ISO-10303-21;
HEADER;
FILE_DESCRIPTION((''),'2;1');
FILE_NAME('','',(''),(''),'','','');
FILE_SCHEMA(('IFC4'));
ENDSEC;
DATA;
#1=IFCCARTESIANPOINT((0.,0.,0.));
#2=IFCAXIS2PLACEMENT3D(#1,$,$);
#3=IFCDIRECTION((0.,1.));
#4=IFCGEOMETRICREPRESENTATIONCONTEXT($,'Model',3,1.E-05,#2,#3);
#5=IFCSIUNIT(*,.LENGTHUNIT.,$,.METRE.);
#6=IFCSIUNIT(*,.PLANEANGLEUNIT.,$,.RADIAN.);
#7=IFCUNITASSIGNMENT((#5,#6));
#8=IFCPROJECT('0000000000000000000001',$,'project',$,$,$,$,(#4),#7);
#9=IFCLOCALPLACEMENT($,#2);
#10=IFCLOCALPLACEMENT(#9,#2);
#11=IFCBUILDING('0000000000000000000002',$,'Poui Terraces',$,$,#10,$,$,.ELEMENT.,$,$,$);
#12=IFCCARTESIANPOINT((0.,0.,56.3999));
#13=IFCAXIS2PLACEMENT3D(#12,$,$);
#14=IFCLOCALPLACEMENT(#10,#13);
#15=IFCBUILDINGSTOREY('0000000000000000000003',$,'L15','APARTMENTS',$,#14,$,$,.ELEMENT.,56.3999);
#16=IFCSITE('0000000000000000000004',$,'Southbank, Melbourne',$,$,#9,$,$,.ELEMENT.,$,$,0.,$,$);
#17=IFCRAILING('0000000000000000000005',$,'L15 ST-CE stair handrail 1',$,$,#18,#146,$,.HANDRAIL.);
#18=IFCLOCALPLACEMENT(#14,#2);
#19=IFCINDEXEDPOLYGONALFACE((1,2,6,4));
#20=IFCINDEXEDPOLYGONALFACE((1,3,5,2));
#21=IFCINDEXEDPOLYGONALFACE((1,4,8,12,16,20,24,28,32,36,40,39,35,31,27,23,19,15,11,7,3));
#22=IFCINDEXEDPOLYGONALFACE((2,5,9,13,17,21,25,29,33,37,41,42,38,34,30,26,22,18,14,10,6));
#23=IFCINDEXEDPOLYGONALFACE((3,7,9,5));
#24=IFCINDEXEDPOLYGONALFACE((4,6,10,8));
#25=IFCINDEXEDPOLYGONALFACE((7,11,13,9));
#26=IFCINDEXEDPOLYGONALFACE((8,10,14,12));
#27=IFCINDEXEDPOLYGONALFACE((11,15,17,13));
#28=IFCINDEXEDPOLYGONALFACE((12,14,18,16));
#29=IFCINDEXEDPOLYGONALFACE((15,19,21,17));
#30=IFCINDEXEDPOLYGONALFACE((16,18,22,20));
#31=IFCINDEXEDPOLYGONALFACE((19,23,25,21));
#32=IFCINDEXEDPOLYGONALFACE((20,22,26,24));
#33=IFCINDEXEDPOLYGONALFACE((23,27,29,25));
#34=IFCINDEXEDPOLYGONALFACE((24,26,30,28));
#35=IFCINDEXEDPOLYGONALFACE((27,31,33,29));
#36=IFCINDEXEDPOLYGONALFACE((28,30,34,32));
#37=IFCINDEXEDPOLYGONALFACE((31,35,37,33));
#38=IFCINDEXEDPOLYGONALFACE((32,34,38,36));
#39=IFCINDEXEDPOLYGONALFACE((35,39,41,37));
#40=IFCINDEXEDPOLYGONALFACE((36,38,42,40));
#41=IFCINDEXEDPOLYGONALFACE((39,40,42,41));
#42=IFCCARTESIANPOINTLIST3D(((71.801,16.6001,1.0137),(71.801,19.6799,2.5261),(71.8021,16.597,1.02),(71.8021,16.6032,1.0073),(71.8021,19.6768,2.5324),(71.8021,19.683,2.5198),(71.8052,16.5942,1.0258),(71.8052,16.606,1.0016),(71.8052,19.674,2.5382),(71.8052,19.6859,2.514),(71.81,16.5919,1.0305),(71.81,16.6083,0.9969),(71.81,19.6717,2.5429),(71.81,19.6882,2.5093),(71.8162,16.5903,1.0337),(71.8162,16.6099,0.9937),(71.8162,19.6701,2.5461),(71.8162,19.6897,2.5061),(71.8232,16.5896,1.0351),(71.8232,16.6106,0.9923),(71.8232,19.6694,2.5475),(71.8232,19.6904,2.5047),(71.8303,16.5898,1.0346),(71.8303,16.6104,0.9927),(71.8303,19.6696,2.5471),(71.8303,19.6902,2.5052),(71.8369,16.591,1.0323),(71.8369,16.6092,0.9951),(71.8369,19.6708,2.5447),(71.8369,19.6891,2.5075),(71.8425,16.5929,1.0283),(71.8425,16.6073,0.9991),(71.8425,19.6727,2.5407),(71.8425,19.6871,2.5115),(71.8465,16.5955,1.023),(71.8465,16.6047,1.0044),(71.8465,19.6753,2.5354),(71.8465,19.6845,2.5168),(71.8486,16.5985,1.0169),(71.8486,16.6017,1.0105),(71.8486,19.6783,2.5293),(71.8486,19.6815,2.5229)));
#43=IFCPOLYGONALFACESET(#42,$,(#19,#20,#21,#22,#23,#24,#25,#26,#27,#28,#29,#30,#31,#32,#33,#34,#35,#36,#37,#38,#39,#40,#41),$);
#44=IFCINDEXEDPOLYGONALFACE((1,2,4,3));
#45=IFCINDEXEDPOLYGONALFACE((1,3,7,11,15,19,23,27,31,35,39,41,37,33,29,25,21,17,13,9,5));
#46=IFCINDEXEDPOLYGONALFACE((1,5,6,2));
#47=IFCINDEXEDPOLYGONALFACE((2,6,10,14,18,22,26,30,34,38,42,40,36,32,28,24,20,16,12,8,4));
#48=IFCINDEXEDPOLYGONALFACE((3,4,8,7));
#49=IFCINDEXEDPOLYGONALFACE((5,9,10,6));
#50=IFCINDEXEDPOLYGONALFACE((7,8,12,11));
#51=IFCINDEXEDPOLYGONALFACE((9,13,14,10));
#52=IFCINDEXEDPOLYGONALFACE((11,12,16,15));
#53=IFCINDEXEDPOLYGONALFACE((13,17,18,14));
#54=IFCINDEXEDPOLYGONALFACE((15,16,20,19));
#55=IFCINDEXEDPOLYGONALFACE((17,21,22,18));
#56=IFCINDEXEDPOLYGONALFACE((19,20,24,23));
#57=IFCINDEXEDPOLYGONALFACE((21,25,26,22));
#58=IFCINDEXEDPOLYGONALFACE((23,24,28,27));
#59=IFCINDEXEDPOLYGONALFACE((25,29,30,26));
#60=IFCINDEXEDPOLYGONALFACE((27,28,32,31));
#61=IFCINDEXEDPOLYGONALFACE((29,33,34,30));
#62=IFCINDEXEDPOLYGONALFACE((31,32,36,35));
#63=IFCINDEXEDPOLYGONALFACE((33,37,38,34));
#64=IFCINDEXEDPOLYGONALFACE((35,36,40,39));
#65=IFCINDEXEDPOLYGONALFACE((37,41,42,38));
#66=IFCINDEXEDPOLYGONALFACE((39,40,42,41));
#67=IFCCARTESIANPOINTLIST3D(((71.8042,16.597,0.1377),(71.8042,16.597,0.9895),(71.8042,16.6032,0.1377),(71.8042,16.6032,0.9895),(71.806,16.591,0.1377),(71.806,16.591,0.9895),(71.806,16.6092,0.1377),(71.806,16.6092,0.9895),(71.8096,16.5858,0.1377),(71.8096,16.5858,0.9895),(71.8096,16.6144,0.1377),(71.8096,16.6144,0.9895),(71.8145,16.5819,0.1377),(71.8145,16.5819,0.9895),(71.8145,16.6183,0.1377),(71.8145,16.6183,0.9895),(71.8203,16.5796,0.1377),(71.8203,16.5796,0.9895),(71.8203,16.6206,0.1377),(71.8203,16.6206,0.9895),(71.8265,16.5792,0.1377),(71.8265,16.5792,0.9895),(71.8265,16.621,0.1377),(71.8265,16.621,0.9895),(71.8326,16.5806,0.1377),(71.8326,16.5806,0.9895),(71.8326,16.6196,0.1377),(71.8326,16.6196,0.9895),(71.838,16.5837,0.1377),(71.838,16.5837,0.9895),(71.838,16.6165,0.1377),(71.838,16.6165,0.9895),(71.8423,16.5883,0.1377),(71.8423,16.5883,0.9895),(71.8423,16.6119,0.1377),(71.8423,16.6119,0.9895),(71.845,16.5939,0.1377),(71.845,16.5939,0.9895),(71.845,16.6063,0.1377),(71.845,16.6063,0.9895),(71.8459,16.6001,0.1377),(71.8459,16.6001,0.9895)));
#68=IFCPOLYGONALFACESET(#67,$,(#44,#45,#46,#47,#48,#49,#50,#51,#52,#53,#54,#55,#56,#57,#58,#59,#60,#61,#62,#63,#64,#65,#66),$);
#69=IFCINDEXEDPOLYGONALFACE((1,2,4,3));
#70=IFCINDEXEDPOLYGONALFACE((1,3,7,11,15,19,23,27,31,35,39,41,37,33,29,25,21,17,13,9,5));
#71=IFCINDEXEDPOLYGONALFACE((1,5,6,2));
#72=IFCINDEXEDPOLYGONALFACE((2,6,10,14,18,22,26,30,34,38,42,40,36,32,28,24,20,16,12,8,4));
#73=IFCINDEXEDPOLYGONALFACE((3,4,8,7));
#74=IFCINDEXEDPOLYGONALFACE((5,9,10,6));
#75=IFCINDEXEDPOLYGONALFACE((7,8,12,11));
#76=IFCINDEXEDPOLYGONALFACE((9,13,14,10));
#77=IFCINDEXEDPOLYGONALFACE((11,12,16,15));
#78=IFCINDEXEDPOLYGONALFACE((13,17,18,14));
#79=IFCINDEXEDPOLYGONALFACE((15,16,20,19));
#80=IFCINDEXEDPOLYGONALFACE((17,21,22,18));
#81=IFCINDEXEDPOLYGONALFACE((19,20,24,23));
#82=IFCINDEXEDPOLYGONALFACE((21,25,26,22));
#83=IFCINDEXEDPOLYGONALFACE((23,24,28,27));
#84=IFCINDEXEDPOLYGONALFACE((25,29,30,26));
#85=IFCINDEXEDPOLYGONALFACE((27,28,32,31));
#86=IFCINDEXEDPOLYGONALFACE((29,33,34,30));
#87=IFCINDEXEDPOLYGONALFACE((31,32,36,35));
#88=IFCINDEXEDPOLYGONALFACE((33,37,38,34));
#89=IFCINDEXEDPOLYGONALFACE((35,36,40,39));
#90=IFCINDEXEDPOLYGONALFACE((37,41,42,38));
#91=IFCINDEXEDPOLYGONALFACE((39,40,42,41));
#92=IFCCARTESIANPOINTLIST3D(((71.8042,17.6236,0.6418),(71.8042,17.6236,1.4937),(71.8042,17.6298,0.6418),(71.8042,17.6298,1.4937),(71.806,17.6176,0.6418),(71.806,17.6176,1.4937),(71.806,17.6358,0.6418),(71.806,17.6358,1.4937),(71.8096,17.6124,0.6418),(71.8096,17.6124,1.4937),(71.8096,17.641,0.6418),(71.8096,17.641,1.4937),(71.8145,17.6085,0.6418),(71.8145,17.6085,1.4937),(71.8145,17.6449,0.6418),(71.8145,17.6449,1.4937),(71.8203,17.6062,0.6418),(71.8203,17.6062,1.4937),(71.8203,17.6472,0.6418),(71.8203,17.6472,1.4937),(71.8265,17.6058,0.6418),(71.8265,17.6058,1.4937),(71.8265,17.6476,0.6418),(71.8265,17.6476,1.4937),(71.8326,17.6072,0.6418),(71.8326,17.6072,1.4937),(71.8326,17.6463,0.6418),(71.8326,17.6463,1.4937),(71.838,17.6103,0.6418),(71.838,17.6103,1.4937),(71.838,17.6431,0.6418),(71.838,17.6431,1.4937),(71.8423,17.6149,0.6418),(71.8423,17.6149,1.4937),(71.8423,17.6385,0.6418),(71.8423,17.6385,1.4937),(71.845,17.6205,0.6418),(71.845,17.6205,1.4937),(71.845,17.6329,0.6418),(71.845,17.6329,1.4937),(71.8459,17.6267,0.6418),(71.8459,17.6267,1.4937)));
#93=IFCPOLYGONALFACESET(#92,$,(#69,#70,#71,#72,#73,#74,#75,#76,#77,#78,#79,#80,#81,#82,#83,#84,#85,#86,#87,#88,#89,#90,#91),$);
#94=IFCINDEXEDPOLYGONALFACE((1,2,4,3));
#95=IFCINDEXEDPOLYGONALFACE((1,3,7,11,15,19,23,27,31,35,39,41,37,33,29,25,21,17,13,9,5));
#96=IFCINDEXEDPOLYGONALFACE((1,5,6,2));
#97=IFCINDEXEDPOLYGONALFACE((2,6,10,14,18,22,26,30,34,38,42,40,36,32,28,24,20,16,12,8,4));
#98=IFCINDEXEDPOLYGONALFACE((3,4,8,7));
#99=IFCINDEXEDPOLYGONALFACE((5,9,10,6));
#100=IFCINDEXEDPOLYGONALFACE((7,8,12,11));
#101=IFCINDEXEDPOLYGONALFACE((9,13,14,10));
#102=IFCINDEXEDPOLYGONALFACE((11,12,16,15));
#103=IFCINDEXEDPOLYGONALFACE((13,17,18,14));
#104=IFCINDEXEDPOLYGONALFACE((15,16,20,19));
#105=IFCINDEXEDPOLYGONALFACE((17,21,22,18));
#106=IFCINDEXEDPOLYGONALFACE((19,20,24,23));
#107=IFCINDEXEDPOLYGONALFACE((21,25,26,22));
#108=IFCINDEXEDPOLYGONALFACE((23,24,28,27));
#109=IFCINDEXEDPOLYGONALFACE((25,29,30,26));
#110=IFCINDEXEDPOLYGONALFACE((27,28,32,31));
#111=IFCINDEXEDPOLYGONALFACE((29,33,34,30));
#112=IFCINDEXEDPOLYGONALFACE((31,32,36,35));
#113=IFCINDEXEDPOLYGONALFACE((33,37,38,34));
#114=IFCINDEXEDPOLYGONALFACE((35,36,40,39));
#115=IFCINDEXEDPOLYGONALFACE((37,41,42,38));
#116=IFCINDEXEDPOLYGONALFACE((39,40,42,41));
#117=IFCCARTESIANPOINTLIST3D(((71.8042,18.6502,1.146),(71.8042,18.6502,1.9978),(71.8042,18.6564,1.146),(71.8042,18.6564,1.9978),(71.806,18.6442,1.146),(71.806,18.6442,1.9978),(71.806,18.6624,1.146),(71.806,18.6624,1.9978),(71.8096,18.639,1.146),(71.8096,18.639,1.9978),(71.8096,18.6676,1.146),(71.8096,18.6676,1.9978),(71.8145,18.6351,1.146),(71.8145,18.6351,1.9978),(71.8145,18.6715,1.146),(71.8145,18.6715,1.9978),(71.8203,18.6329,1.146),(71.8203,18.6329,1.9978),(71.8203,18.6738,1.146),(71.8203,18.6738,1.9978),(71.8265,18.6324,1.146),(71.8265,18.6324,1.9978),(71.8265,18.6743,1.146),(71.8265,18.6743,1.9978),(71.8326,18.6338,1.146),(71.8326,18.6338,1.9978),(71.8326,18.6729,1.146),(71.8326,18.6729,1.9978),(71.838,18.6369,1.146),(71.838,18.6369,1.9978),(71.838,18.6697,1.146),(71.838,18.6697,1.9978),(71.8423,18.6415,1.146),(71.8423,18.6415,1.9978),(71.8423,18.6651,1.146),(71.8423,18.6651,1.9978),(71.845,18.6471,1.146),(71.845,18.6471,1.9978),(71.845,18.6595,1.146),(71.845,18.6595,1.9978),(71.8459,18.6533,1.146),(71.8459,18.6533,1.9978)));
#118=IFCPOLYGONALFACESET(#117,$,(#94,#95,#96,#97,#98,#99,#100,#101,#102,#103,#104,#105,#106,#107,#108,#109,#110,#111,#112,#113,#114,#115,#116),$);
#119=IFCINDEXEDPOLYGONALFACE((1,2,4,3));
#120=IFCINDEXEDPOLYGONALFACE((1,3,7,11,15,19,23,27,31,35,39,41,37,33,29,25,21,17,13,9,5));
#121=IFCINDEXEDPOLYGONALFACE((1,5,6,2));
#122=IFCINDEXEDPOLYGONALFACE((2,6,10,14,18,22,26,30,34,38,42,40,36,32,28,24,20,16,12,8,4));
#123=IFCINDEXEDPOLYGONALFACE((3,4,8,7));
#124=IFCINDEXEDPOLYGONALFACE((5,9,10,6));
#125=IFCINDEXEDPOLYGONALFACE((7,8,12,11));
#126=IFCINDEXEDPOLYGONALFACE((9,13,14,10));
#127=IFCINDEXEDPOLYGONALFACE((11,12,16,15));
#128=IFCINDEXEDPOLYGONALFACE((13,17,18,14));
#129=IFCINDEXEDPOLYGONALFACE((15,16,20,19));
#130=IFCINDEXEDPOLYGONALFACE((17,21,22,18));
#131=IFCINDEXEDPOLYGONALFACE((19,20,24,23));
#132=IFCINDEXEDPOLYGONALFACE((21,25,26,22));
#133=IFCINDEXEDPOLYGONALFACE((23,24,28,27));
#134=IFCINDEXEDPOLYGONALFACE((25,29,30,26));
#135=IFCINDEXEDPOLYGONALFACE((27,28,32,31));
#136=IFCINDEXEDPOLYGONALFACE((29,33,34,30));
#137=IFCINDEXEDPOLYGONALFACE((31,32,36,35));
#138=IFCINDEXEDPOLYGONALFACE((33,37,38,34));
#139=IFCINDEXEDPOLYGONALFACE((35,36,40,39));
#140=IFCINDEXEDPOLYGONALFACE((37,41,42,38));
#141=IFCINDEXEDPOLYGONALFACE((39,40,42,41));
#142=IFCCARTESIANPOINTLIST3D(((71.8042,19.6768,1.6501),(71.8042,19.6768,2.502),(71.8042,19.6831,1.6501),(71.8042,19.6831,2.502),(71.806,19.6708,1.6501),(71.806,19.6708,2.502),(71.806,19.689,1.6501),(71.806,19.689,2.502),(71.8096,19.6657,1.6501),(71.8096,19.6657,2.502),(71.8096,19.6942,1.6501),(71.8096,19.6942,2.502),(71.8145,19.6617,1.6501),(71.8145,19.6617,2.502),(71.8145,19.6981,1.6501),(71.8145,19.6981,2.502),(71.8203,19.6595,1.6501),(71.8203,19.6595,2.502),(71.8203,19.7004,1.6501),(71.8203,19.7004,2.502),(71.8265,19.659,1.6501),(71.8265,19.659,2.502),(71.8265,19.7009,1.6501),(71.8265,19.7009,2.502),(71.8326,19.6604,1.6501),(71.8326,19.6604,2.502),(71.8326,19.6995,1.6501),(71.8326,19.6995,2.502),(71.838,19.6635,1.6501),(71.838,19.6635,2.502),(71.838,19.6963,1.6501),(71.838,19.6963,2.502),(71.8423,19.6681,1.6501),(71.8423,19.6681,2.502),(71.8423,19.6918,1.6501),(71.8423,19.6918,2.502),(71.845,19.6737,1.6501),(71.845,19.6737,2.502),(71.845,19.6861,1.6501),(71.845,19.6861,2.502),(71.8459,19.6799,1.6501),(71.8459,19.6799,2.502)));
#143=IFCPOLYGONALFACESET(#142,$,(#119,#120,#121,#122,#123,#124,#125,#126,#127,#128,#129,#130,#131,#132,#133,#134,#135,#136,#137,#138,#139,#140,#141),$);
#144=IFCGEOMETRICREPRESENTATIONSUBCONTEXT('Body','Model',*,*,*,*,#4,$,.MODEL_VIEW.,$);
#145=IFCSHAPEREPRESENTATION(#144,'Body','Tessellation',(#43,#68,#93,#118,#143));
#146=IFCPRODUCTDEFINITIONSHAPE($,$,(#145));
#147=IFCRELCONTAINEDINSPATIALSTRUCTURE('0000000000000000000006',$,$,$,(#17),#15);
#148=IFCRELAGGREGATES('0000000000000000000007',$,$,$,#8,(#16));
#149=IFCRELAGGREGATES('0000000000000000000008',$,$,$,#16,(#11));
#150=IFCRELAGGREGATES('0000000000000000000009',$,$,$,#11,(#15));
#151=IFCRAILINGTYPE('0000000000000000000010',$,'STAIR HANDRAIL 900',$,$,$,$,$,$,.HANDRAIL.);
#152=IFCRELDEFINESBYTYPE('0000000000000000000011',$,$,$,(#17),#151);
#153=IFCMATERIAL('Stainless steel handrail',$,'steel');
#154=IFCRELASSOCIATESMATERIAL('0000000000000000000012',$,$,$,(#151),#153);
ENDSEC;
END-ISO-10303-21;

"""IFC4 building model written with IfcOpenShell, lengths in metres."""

from ifc_helpers import new_model, si_unit, direction, frame, origin, origin_2d, place, context, subcontext, project, spatial, circle, extrude, material, type_object, element, save


model = new_model("IFC4")

# Units and contexts
model_context = context("Model", 3, precision=1e-05, world=origin(), true_north=direction((0.0, 1.0)))
body_context = subcontext(model_context, "Body", "Model", "MODEL_VIEW")
ifc_project = project(units=[si_unit("LENGTHUNIT", "METRE"), si_unit("PLANEANGLEUNIT", "RADIAN")], contexts=[model_context])

# Site, building, storey
site_placement = place(None, origin())
site = spatial("IfcSite", under=ifc_project, at=site_placement, Name="Southbank, Melbourne", CompositionType="ELEMENT", RefElevation=0.0)
building_placement = place(site_placement, origin())
building = spatial("IfcBuilding", under=site, at=building_placement, Name="Poui Terraces", CompositionType="ELEMENT")
storey_placement = place(building_placement, frame((0.0, 0.0, 56.3999)))
storey = spatial("IfcBuildingStorey", under=building, at=storey_placement, Name="L15", Description="APARTMENTS", CompositionType="ELEMENT", Elevation=56.3999)

# Railing
ifc_material_1 = material(Name="Stainless steel handrail", Category="steel")
railing_type_1 = type_object("IfcRailingType", Name="STAIR HANDRAIL 900", PredefinedType="HANDRAIL", material=ifc_material_1)
railing_1_placement = place(storey_placement, frame((71.825, 16.6001, 0.1377)))
element("IfcRailing", 1, at=railing_1_placement, inside=storey, type_object=railing_type_1, Name="L15 ST-CE stair handrail 1", PredefinedType="HANDRAIL", context=body_context, shape_type="SweptSolid", body=[
    extrude(circle(Radius=0.0239, at=origin_2d()), frame((0.0, 0.0, 0.876), z_axis=(0.0, 0.897606, 0.440798), x_axis=(-1.0, 0.0, 0.0)), (0.0, 0.0, 1.0), 3.4312),
    extrude(circle(Radius=0.021, at=origin_2d()), origin(), (0.0, 0.0, 1.0), 0.8518),
    extrude(circle(Radius=0.021, at=origin_2d()), frame((0.0, 1.0266, 0.5042)), (0.0, 0.0, 1.0), 0.8518),
    extrude(circle(Radius=0.021, at=origin_2d()), frame((0.0, 2.0532, 1.0083)), (0.0, 0.0, 1.0), 0.8518),
    extrude(circle(Radius=0.021, at=origin_2d()), frame((0.0, 3.0798, 1.5125)), (0.0, 0.0, 1.0), 0.8518),
])

save(model, "model.ifc")
